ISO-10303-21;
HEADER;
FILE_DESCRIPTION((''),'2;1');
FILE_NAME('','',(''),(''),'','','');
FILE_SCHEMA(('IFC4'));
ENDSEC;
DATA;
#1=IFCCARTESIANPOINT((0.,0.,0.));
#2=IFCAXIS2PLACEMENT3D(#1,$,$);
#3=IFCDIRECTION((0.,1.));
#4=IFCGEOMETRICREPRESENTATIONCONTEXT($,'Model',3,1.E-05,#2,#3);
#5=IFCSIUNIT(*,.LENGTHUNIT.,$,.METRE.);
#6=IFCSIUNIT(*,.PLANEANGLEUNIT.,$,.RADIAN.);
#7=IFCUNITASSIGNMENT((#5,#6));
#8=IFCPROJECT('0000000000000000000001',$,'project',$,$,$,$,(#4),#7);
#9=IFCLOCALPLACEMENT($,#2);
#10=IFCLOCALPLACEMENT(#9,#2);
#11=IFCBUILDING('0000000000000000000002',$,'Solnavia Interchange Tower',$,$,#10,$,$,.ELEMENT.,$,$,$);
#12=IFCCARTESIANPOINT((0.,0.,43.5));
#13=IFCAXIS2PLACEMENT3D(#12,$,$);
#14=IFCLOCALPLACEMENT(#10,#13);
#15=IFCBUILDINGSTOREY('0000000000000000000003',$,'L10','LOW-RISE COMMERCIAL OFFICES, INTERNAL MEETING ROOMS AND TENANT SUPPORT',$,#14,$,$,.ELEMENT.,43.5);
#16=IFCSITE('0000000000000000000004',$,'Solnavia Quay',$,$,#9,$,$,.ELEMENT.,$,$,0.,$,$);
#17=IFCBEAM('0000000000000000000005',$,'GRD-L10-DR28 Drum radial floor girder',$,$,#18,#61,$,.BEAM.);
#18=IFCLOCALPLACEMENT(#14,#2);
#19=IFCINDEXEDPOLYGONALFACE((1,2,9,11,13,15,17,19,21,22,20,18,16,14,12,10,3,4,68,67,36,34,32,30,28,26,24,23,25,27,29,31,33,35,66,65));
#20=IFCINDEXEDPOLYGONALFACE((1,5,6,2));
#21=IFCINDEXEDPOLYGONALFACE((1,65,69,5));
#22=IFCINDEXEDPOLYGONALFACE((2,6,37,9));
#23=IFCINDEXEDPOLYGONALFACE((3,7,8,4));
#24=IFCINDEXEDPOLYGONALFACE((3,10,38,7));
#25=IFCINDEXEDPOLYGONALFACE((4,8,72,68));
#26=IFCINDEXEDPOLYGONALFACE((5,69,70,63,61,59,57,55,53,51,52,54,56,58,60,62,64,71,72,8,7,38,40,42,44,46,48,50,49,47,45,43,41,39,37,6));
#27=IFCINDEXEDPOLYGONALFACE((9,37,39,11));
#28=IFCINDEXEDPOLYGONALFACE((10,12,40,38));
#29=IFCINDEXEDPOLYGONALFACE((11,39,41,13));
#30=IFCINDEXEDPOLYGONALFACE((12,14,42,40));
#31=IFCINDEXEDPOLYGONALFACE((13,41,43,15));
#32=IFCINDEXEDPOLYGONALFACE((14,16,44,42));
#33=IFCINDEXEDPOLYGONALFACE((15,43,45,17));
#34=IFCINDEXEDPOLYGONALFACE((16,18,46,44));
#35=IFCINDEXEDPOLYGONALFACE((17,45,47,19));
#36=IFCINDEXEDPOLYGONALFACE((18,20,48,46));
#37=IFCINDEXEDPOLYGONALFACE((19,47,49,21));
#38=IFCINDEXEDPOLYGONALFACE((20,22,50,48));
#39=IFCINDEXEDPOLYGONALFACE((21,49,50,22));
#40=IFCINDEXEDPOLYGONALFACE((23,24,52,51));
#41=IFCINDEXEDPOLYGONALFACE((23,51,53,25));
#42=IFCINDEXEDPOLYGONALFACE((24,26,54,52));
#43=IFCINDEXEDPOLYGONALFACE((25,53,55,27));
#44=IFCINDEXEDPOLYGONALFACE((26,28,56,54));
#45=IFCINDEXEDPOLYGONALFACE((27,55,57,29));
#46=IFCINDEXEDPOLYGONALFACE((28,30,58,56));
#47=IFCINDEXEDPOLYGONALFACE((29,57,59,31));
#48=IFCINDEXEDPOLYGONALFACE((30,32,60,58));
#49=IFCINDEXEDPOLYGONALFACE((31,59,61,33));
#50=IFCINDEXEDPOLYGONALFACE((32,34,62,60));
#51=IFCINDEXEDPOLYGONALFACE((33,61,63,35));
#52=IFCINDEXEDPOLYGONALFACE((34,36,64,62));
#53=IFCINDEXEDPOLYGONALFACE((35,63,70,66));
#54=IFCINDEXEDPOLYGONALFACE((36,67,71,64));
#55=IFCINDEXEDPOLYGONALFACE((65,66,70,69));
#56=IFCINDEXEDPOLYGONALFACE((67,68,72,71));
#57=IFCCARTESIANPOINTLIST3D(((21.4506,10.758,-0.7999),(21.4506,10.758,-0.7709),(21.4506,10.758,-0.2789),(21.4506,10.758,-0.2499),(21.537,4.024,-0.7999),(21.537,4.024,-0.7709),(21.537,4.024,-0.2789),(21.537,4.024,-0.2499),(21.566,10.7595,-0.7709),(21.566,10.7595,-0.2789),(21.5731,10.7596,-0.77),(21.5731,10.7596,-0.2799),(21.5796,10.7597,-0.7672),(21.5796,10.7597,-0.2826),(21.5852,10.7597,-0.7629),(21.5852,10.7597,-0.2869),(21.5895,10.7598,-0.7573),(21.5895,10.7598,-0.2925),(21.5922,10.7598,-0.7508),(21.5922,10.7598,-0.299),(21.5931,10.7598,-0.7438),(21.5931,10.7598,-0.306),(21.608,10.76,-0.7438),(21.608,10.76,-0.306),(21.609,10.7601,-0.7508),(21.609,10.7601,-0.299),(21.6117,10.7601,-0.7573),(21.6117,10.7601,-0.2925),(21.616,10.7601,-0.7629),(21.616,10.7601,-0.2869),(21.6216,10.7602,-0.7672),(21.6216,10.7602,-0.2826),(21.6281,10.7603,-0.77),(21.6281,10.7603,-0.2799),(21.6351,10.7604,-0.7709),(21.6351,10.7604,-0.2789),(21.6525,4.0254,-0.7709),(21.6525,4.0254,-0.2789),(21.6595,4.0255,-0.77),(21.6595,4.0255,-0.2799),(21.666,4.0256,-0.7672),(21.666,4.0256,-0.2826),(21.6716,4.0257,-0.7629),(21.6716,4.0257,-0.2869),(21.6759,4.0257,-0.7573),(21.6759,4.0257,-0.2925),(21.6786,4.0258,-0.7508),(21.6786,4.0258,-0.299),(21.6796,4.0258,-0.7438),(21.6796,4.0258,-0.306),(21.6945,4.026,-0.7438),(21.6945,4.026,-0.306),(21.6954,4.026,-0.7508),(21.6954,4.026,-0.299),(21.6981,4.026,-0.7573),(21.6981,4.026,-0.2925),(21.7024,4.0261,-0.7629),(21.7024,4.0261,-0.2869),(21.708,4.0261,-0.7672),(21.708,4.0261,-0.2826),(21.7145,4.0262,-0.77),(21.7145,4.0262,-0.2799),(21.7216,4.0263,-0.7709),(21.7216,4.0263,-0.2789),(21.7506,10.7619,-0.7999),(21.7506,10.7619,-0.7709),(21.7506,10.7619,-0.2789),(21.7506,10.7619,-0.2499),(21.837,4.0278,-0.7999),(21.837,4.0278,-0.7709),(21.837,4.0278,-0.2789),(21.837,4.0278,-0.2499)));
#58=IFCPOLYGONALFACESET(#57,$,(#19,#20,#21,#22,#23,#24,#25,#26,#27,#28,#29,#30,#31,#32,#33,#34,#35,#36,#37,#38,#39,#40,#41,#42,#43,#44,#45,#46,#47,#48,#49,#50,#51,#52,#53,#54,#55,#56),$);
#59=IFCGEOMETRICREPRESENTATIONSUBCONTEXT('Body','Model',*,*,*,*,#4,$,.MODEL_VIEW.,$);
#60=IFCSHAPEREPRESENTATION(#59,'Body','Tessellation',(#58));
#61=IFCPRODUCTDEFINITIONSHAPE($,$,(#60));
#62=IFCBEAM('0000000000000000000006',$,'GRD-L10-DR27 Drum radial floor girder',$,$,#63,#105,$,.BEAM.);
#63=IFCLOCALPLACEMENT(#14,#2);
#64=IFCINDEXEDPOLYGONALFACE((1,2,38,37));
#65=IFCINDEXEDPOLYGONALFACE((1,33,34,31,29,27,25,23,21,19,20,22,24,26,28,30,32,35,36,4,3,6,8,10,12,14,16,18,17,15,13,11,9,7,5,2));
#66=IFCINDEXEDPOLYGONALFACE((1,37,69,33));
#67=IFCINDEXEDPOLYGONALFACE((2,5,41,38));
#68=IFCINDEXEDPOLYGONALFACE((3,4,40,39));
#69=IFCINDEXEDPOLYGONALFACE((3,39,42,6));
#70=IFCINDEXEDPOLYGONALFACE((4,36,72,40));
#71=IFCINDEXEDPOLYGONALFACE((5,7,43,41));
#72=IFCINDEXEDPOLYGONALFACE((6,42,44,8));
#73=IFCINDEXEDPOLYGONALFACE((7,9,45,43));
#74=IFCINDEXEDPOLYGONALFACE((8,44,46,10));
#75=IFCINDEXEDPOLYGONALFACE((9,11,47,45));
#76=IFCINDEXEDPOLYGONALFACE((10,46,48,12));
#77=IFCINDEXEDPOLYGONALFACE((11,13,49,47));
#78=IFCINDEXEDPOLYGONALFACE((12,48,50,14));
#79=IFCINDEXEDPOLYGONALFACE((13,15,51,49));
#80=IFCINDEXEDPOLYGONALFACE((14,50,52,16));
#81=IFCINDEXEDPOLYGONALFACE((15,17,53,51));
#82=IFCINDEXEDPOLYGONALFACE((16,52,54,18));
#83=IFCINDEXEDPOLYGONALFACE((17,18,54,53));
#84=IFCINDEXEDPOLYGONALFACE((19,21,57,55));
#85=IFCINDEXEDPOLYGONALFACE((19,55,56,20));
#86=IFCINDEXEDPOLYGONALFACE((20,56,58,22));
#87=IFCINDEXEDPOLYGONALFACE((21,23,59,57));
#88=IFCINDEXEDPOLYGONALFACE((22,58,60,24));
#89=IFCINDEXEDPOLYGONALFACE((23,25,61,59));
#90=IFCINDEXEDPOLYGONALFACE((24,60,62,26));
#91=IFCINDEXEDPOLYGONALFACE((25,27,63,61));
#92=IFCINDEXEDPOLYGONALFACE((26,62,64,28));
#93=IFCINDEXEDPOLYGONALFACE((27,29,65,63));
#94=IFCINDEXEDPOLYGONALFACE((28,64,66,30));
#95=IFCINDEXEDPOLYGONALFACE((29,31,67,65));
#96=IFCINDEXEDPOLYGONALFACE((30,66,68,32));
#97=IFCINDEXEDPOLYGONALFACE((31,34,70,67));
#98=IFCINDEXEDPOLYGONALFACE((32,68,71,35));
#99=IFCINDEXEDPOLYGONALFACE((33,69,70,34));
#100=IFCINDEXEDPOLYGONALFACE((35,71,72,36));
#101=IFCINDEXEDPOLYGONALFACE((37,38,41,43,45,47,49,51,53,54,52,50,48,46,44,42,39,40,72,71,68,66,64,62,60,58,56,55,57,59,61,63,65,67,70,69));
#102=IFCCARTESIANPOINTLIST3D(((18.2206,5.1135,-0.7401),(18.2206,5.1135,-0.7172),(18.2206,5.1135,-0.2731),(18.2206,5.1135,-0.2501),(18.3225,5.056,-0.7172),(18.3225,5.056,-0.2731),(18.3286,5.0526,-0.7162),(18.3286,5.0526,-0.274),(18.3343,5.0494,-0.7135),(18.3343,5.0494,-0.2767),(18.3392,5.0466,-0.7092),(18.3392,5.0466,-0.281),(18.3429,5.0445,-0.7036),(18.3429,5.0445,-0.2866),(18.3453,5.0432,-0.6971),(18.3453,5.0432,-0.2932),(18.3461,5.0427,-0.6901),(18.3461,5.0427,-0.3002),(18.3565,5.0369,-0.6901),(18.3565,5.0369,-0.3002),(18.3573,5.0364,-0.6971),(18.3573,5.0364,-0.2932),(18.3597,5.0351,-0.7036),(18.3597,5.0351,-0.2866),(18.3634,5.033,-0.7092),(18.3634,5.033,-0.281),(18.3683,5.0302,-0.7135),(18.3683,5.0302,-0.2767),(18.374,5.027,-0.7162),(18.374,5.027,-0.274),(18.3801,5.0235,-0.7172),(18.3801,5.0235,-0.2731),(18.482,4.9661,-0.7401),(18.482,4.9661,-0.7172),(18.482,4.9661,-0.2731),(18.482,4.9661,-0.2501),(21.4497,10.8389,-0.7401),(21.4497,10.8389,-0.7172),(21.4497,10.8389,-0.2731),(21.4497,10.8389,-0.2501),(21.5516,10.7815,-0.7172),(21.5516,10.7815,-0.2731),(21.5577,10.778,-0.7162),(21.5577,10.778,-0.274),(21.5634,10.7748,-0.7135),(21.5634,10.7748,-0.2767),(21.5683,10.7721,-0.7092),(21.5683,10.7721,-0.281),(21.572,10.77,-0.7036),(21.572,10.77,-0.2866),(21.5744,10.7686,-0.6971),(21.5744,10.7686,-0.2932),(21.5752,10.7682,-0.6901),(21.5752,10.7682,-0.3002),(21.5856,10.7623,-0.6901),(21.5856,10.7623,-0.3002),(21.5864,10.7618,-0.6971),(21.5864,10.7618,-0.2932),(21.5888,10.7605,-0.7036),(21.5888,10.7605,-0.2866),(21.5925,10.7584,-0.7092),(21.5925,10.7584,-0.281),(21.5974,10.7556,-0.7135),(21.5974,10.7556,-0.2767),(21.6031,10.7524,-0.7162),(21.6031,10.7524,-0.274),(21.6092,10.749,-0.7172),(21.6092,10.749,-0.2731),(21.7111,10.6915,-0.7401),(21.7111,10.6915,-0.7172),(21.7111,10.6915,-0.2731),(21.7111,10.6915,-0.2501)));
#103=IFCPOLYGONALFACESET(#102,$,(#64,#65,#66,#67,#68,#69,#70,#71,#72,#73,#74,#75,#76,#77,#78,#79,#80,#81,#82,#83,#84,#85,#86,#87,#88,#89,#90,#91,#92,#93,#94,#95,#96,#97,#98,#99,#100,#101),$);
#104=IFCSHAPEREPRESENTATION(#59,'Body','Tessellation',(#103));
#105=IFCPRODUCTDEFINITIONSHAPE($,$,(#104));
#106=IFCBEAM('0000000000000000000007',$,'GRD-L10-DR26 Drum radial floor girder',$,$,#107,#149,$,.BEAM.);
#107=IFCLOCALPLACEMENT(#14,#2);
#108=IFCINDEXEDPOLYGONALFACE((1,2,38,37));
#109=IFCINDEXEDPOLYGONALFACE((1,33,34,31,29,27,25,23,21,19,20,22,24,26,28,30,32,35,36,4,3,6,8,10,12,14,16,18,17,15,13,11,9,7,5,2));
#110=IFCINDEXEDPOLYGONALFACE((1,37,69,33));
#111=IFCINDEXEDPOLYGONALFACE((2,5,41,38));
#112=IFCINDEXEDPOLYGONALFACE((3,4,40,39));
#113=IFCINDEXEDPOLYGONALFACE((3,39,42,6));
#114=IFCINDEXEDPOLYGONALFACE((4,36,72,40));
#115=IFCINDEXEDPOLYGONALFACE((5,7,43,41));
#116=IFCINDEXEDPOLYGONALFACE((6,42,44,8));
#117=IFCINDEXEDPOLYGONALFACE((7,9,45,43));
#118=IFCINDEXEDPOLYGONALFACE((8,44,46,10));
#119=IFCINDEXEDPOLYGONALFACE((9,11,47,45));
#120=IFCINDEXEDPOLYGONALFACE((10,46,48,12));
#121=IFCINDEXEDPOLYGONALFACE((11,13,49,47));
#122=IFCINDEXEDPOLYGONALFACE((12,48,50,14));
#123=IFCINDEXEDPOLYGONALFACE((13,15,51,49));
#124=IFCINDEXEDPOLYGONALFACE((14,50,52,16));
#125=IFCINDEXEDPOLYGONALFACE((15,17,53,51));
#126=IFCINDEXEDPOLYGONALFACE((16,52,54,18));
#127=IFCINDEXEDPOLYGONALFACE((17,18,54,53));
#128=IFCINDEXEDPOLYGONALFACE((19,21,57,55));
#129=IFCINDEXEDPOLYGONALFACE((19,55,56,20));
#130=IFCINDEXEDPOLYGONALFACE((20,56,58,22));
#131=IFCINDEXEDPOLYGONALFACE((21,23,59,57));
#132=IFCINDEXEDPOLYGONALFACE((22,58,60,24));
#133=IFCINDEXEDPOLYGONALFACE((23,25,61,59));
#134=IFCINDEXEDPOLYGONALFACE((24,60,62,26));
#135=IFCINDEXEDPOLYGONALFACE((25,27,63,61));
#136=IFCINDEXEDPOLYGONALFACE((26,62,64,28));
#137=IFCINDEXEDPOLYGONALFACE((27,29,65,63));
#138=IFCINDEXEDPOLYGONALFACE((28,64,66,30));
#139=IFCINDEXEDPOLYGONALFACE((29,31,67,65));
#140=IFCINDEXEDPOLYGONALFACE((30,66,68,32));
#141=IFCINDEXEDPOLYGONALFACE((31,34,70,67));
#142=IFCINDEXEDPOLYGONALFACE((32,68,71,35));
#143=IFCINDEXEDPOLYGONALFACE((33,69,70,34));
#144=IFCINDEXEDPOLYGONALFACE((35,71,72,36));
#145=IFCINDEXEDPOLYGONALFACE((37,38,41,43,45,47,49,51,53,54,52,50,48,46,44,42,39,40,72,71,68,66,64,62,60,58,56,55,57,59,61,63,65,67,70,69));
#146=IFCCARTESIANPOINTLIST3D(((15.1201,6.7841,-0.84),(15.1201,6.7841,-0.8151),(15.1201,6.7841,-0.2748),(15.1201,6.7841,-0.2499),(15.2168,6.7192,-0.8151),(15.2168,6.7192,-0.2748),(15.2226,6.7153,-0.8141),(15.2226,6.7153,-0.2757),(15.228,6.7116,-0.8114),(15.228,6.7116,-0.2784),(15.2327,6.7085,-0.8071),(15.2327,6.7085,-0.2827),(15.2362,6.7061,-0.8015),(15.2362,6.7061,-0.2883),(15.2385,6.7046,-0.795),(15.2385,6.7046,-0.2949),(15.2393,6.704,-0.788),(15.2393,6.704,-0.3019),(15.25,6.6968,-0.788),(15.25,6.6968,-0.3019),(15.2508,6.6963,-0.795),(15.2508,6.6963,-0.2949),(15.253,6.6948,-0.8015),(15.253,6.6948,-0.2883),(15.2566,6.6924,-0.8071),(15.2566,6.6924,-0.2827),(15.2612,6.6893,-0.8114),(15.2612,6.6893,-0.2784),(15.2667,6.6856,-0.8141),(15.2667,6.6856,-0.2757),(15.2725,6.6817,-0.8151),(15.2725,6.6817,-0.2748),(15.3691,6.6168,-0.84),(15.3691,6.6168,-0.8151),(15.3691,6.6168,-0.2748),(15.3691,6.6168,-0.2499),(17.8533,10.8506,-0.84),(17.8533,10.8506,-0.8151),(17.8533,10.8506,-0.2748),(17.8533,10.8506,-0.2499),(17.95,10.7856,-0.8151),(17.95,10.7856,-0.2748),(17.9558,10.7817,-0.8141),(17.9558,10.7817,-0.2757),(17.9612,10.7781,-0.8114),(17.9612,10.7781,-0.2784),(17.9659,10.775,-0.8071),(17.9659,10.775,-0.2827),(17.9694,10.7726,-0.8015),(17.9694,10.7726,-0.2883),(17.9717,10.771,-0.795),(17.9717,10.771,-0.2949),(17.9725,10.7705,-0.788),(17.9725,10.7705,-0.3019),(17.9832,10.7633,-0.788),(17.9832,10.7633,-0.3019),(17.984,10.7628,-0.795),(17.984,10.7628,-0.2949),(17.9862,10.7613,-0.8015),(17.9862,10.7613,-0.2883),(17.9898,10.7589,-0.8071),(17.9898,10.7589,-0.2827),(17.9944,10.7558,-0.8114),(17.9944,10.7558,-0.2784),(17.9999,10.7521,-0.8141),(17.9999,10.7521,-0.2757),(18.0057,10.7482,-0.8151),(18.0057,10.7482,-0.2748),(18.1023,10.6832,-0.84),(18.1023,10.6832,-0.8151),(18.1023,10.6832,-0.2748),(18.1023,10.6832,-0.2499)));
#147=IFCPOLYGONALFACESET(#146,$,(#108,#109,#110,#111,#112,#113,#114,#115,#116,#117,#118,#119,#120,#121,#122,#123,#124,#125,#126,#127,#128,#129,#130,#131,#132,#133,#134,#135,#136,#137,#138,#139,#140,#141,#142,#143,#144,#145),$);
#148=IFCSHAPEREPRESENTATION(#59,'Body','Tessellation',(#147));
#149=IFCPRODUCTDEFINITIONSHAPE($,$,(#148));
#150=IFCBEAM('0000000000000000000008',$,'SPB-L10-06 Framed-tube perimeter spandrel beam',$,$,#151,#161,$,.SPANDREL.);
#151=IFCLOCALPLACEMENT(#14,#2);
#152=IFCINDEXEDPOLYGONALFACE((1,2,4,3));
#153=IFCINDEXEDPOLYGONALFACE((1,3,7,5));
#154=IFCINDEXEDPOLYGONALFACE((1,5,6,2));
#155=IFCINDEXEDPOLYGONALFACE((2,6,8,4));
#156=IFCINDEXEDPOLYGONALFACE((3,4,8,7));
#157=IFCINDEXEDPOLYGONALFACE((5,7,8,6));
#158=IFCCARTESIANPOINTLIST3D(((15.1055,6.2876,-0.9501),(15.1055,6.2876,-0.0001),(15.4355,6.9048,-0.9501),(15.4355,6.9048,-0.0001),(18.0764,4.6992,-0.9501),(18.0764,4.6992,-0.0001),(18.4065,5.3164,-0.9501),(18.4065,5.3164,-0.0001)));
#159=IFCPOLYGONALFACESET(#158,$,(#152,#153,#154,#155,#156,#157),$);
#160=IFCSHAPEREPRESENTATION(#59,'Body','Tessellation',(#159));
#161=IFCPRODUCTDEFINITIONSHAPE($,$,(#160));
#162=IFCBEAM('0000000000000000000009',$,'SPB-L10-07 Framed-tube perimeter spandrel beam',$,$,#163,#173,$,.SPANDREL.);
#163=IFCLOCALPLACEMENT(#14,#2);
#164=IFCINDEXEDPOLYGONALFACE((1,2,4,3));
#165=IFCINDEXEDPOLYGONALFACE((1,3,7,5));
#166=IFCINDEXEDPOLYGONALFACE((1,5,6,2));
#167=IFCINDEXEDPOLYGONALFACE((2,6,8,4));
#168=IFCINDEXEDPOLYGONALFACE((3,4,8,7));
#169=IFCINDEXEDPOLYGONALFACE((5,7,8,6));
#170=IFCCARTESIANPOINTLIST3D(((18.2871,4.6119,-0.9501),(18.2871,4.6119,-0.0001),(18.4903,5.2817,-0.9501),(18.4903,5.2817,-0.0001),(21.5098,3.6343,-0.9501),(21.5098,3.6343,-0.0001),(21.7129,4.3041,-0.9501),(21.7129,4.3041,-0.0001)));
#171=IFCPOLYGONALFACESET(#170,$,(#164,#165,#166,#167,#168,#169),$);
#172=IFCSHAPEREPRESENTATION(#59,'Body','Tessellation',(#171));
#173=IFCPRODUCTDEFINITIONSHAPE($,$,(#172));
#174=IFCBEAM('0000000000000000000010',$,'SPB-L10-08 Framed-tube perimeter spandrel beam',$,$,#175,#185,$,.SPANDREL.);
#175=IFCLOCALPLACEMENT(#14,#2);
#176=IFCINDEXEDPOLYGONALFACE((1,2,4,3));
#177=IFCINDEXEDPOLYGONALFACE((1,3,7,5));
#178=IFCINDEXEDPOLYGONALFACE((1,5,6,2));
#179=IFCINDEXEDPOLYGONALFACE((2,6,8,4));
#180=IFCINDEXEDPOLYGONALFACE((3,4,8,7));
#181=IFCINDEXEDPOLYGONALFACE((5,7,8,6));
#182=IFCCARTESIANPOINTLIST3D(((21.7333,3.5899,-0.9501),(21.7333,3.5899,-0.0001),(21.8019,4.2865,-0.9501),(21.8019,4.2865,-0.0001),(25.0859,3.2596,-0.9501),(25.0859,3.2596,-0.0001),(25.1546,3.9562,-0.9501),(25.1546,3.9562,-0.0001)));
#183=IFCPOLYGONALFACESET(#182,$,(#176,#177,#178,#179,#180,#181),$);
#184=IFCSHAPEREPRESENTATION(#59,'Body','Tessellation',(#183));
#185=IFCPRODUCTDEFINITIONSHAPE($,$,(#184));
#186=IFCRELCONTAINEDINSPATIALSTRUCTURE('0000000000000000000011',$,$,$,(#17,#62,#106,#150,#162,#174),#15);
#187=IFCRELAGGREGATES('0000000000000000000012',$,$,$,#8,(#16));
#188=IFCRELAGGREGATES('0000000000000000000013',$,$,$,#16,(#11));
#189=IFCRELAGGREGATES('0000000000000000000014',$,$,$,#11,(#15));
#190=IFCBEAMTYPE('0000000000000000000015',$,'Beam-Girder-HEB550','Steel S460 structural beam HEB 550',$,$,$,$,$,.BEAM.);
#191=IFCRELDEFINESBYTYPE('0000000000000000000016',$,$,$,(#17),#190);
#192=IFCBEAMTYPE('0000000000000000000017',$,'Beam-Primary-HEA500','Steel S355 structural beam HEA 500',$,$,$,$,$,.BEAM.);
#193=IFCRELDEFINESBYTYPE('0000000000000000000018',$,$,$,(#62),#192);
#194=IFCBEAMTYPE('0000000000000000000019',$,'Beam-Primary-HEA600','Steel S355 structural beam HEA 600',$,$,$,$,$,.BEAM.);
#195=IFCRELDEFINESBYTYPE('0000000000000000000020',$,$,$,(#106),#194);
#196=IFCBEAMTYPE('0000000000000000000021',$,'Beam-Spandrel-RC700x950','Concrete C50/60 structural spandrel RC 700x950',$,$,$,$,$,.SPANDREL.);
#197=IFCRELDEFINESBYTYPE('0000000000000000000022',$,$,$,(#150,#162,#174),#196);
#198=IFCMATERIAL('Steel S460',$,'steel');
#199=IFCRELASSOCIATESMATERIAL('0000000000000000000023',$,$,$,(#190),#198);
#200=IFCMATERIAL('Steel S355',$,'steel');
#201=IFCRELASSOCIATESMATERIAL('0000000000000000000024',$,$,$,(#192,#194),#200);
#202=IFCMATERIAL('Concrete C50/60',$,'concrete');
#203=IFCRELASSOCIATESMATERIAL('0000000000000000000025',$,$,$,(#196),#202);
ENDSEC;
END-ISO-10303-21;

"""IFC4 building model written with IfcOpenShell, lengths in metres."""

from ifc_helpers import new_model, si_unit, direction, frame, origin, origin_2d, place, context, subcontext, project, spatial, rectangle, i_section, extrude, material, material_profile, profile_set, type_object, element, save


model = new_model("IFC4")

# Units and contexts
model_context = context("Model", 3, precision=1e-05, world=origin(), true_north=direction((0.0, 1.0)))
body_context = subcontext(model_context, "Body", "Model", "MODEL_VIEW")
ifc_project = project(units=[si_unit("LENGTHUNIT", "METRE"), si_unit("PLANEANGLEUNIT", "RADIAN")], contexts=[model_context])

# Site, building, storey
site_placement = place(None, origin())
site = spatial("IfcSite", under=ifc_project, at=site_placement, Name="Solnavia Quay", CompositionType="ELEMENT", RefElevation=0.0)
building_placement = place(site_placement, origin())
building = spatial("IfcBuilding", under=site, at=building_placement, Name="Solnavia Interchange Tower", CompositionType="ELEMENT")
storey_placement = place(building_placement, frame((0.0, 0.0, 43.5)))
storey = spatial("IfcBuildingStorey", under=building, at=storey_placement, Name="L10", Description="LOW-RISE COMMERCIAL OFFICES, INTERNAL MEETING ROOMS AND TENANT SUPPORT", CompositionType="ELEMENT", Elevation=43.5)

# Shared definitions
ifc_material_1 = material(Name="Steel S355", Category="steel")

# Beams
ifc_material_2 = material(Name="Steel S460", Category="steel")
ifc_material_profile_1 = material_profile(ifc_material_2, i_section(OverallWidth=0.3, OverallDepth=0.55, WebThickness=0.0149, FlangeThickness=0.0291, FilletRadius=0.0271, at=origin_2d()), Name="HEB 550")
ifc_profile_set_1 = profile_set([ifc_material_profile_1], Name="Steel S460")
beam_type_1 = type_object("IfcBeamType", Name="Beam-Girder-HEB550", Description="Steel S460 structural beam HEB 550", PredefinedType="BEAM", material=ifc_profile_set_1)
beam_1_placement = place(storey_placement, frame((21.687, 4.0259, -0.5249), z_axis=(-0.012833, 0.999918, 0.0), x_axis=(-0.999918, -0.012833, 0.0)))
element("IfcBeam", 1, at=beam_1_placement, inside=storey, type_object=beam_type_1, Name="GRD-L10-DR28 Drum radial floor girder", PredefinedType="BEAM", context=body_context, shape_type="SweptSolid", body=[
    extrude(i_section(OverallWidth=0.3, OverallDepth=0.55, WebThickness=0.0149, FlangeThickness=0.0291, FilletRadius=0.0271, at=origin_2d()), origin(), (0.0, 0.0, 1.0), 6.7346),
])
ifc_material_profile_2 = material_profile(ifc_material_1, i_section(OverallWidth=0.3, OverallDepth=0.49, WebThickness=0.012, FlangeThickness=0.0229, FilletRadius=0.0271, at=origin_2d()), Name="HEA 500")
ifc_profile_set_2 = profile_set([ifc_material_profile_2], Name="Steel S355")
beam_type_2 = type_object("IfcBeamType", Name="Beam-Primary-HEA500", Description="Steel S355 structural beam HEA 500", PredefinedType="BEAM", material=ifc_profile_set_2)
beam_2_placement = place(storey_placement, frame((18.3513, 5.0398, -0.4951), z_axis=(0.491243, 0.871022, 0.0), x_axis=(-0.871022, 0.491243, 0.0)))
element("IfcBeam", 2, at=beam_2_placement, inside=storey, type_object=beam_type_2, Name="GRD-L10-DR27 Drum radial floor girder", PredefinedType="BEAM", context=body_context, shape_type="SweptSolid", body=[
    extrude(i_section(OverallWidth=0.3, OverallDepth=0.49, WebThickness=0.012, FlangeThickness=0.0229, FilletRadius=0.0271, at=origin_2d()), origin(), (0.0, 0.0, 1.0), 6.5732),
])
ifc_material_profile_3 = material_profile(ifc_material_1, i_section(OverallWidth=0.3, OverallDepth=0.5901, WebThickness=0.0129, FlangeThickness=0.0249, FilletRadius=0.0271, at=origin_2d()), Name="HEA 600")
ifc_profile_set_3 = profile_set([ifc_material_profile_3], Name="Steel S355")
beam_type_3 = type_object("IfcBeamType", Name="Beam-Primary-HEA600", Description="Steel S355 structural beam HEA 600", PredefinedType="BEAM", material=ifc_profile_set_3)
beam_3_placement = place(storey_placement, frame((15.2446, 6.7004, -0.5449), z_axis=(0.557835, 0.829952, 0.0), x_axis=(-0.829952, 0.557835, 0.0)))
element("IfcBeam", 3, at=beam_3_placement, inside=storey, type_object=beam_type_3, Name="GRD-L10-DR26 Drum radial floor girder", PredefinedType="BEAM", context=body_context, shape_type="SweptSolid", body=[
    extrude(i_section(OverallWidth=0.3, OverallDepth=0.5901, WebThickness=0.0129, FlangeThickness=0.0249, FilletRadius=0.0271, at=origin_2d()), origin(), (0.0, 0.0, 1.0), 4.8997),
])
ifc_material_3 = material(Name="Concrete C50/60", Category="concrete")
ifc_material_profile_4 = material_profile(ifc_material_3, rectangle(XDim=0.7, YDim=0.95, at=origin_2d()), Name="RC 700x950")
ifc_profile_set_4 = profile_set([ifc_material_profile_4], Name="Concrete C50/60")
beam_type_4 = type_object("IfcBeamType", Name="Beam-Spandrel-RC700x950", Description="Concrete C50/60 structural spandrel RC 700x950", PredefinedType="SPANDREL", material=ifc_profile_set_4)
beam_4_placement = place(storey_placement, frame((15.2705, 6.5962, -0.4751), z_axis=(0.881875, -0.471483, 0.0), x_axis=(0.471483, 0.881875, 0.0)))
element("IfcBeam", 4, at=beam_4_placement, inside=storey, type_object=beam_type_4, Name="SPB-L10-06 Framed-tube perimeter spandrel beam", PredefinedType="SPANDREL", context=body_context, shape_type="SweptSolid", body=[
    extrude(rectangle(XDim=0.7, YDim=0.95, at=origin_2d()), origin(), (0.0, 0.0, 1.0), 3.3689),
])
beam_5_placement = place(storey_placement, frame((18.3887, 4.9468, -0.4751), z_axis=(0.956944, -0.290273, 0.0), x_axis=(0.290273, 0.956944, 0.0)))
element("IfcBeam", 5, at=beam_5_placement, inside=storey, type_object=beam_type_4, Name="SPB-L10-07 Framed-tube perimeter spandrel beam", PredefinedType="SPANDREL", context=body_context, shape_type="SweptSolid", body=[
    extrude(rectangle(XDim=0.7, YDim=0.95, at=origin_2d()), origin(), (0.0, 0.0, 1.0), 3.3677),
])
beam_6_placement = place(storey_placement, frame((21.7676, 3.9382, -0.4751), z_axis=(0.995182, -0.098047, 0.0), x_axis=(0.098047, 0.995182, 0.0)))
element("IfcBeam", 6, at=beam_6_placement, inside=storey, type_object=beam_type_4, Name="SPB-L10-08 Framed-tube perimeter spandrel beam", PredefinedType="SPANDREL", context=body_context, shape_type="SweptSolid", body=[
    extrude(rectangle(XDim=0.7, YDim=0.95, at=origin_2d()), origin(), (0.0, 0.0, 1.0), 3.3689),
])

save(model, "model.ifc")
